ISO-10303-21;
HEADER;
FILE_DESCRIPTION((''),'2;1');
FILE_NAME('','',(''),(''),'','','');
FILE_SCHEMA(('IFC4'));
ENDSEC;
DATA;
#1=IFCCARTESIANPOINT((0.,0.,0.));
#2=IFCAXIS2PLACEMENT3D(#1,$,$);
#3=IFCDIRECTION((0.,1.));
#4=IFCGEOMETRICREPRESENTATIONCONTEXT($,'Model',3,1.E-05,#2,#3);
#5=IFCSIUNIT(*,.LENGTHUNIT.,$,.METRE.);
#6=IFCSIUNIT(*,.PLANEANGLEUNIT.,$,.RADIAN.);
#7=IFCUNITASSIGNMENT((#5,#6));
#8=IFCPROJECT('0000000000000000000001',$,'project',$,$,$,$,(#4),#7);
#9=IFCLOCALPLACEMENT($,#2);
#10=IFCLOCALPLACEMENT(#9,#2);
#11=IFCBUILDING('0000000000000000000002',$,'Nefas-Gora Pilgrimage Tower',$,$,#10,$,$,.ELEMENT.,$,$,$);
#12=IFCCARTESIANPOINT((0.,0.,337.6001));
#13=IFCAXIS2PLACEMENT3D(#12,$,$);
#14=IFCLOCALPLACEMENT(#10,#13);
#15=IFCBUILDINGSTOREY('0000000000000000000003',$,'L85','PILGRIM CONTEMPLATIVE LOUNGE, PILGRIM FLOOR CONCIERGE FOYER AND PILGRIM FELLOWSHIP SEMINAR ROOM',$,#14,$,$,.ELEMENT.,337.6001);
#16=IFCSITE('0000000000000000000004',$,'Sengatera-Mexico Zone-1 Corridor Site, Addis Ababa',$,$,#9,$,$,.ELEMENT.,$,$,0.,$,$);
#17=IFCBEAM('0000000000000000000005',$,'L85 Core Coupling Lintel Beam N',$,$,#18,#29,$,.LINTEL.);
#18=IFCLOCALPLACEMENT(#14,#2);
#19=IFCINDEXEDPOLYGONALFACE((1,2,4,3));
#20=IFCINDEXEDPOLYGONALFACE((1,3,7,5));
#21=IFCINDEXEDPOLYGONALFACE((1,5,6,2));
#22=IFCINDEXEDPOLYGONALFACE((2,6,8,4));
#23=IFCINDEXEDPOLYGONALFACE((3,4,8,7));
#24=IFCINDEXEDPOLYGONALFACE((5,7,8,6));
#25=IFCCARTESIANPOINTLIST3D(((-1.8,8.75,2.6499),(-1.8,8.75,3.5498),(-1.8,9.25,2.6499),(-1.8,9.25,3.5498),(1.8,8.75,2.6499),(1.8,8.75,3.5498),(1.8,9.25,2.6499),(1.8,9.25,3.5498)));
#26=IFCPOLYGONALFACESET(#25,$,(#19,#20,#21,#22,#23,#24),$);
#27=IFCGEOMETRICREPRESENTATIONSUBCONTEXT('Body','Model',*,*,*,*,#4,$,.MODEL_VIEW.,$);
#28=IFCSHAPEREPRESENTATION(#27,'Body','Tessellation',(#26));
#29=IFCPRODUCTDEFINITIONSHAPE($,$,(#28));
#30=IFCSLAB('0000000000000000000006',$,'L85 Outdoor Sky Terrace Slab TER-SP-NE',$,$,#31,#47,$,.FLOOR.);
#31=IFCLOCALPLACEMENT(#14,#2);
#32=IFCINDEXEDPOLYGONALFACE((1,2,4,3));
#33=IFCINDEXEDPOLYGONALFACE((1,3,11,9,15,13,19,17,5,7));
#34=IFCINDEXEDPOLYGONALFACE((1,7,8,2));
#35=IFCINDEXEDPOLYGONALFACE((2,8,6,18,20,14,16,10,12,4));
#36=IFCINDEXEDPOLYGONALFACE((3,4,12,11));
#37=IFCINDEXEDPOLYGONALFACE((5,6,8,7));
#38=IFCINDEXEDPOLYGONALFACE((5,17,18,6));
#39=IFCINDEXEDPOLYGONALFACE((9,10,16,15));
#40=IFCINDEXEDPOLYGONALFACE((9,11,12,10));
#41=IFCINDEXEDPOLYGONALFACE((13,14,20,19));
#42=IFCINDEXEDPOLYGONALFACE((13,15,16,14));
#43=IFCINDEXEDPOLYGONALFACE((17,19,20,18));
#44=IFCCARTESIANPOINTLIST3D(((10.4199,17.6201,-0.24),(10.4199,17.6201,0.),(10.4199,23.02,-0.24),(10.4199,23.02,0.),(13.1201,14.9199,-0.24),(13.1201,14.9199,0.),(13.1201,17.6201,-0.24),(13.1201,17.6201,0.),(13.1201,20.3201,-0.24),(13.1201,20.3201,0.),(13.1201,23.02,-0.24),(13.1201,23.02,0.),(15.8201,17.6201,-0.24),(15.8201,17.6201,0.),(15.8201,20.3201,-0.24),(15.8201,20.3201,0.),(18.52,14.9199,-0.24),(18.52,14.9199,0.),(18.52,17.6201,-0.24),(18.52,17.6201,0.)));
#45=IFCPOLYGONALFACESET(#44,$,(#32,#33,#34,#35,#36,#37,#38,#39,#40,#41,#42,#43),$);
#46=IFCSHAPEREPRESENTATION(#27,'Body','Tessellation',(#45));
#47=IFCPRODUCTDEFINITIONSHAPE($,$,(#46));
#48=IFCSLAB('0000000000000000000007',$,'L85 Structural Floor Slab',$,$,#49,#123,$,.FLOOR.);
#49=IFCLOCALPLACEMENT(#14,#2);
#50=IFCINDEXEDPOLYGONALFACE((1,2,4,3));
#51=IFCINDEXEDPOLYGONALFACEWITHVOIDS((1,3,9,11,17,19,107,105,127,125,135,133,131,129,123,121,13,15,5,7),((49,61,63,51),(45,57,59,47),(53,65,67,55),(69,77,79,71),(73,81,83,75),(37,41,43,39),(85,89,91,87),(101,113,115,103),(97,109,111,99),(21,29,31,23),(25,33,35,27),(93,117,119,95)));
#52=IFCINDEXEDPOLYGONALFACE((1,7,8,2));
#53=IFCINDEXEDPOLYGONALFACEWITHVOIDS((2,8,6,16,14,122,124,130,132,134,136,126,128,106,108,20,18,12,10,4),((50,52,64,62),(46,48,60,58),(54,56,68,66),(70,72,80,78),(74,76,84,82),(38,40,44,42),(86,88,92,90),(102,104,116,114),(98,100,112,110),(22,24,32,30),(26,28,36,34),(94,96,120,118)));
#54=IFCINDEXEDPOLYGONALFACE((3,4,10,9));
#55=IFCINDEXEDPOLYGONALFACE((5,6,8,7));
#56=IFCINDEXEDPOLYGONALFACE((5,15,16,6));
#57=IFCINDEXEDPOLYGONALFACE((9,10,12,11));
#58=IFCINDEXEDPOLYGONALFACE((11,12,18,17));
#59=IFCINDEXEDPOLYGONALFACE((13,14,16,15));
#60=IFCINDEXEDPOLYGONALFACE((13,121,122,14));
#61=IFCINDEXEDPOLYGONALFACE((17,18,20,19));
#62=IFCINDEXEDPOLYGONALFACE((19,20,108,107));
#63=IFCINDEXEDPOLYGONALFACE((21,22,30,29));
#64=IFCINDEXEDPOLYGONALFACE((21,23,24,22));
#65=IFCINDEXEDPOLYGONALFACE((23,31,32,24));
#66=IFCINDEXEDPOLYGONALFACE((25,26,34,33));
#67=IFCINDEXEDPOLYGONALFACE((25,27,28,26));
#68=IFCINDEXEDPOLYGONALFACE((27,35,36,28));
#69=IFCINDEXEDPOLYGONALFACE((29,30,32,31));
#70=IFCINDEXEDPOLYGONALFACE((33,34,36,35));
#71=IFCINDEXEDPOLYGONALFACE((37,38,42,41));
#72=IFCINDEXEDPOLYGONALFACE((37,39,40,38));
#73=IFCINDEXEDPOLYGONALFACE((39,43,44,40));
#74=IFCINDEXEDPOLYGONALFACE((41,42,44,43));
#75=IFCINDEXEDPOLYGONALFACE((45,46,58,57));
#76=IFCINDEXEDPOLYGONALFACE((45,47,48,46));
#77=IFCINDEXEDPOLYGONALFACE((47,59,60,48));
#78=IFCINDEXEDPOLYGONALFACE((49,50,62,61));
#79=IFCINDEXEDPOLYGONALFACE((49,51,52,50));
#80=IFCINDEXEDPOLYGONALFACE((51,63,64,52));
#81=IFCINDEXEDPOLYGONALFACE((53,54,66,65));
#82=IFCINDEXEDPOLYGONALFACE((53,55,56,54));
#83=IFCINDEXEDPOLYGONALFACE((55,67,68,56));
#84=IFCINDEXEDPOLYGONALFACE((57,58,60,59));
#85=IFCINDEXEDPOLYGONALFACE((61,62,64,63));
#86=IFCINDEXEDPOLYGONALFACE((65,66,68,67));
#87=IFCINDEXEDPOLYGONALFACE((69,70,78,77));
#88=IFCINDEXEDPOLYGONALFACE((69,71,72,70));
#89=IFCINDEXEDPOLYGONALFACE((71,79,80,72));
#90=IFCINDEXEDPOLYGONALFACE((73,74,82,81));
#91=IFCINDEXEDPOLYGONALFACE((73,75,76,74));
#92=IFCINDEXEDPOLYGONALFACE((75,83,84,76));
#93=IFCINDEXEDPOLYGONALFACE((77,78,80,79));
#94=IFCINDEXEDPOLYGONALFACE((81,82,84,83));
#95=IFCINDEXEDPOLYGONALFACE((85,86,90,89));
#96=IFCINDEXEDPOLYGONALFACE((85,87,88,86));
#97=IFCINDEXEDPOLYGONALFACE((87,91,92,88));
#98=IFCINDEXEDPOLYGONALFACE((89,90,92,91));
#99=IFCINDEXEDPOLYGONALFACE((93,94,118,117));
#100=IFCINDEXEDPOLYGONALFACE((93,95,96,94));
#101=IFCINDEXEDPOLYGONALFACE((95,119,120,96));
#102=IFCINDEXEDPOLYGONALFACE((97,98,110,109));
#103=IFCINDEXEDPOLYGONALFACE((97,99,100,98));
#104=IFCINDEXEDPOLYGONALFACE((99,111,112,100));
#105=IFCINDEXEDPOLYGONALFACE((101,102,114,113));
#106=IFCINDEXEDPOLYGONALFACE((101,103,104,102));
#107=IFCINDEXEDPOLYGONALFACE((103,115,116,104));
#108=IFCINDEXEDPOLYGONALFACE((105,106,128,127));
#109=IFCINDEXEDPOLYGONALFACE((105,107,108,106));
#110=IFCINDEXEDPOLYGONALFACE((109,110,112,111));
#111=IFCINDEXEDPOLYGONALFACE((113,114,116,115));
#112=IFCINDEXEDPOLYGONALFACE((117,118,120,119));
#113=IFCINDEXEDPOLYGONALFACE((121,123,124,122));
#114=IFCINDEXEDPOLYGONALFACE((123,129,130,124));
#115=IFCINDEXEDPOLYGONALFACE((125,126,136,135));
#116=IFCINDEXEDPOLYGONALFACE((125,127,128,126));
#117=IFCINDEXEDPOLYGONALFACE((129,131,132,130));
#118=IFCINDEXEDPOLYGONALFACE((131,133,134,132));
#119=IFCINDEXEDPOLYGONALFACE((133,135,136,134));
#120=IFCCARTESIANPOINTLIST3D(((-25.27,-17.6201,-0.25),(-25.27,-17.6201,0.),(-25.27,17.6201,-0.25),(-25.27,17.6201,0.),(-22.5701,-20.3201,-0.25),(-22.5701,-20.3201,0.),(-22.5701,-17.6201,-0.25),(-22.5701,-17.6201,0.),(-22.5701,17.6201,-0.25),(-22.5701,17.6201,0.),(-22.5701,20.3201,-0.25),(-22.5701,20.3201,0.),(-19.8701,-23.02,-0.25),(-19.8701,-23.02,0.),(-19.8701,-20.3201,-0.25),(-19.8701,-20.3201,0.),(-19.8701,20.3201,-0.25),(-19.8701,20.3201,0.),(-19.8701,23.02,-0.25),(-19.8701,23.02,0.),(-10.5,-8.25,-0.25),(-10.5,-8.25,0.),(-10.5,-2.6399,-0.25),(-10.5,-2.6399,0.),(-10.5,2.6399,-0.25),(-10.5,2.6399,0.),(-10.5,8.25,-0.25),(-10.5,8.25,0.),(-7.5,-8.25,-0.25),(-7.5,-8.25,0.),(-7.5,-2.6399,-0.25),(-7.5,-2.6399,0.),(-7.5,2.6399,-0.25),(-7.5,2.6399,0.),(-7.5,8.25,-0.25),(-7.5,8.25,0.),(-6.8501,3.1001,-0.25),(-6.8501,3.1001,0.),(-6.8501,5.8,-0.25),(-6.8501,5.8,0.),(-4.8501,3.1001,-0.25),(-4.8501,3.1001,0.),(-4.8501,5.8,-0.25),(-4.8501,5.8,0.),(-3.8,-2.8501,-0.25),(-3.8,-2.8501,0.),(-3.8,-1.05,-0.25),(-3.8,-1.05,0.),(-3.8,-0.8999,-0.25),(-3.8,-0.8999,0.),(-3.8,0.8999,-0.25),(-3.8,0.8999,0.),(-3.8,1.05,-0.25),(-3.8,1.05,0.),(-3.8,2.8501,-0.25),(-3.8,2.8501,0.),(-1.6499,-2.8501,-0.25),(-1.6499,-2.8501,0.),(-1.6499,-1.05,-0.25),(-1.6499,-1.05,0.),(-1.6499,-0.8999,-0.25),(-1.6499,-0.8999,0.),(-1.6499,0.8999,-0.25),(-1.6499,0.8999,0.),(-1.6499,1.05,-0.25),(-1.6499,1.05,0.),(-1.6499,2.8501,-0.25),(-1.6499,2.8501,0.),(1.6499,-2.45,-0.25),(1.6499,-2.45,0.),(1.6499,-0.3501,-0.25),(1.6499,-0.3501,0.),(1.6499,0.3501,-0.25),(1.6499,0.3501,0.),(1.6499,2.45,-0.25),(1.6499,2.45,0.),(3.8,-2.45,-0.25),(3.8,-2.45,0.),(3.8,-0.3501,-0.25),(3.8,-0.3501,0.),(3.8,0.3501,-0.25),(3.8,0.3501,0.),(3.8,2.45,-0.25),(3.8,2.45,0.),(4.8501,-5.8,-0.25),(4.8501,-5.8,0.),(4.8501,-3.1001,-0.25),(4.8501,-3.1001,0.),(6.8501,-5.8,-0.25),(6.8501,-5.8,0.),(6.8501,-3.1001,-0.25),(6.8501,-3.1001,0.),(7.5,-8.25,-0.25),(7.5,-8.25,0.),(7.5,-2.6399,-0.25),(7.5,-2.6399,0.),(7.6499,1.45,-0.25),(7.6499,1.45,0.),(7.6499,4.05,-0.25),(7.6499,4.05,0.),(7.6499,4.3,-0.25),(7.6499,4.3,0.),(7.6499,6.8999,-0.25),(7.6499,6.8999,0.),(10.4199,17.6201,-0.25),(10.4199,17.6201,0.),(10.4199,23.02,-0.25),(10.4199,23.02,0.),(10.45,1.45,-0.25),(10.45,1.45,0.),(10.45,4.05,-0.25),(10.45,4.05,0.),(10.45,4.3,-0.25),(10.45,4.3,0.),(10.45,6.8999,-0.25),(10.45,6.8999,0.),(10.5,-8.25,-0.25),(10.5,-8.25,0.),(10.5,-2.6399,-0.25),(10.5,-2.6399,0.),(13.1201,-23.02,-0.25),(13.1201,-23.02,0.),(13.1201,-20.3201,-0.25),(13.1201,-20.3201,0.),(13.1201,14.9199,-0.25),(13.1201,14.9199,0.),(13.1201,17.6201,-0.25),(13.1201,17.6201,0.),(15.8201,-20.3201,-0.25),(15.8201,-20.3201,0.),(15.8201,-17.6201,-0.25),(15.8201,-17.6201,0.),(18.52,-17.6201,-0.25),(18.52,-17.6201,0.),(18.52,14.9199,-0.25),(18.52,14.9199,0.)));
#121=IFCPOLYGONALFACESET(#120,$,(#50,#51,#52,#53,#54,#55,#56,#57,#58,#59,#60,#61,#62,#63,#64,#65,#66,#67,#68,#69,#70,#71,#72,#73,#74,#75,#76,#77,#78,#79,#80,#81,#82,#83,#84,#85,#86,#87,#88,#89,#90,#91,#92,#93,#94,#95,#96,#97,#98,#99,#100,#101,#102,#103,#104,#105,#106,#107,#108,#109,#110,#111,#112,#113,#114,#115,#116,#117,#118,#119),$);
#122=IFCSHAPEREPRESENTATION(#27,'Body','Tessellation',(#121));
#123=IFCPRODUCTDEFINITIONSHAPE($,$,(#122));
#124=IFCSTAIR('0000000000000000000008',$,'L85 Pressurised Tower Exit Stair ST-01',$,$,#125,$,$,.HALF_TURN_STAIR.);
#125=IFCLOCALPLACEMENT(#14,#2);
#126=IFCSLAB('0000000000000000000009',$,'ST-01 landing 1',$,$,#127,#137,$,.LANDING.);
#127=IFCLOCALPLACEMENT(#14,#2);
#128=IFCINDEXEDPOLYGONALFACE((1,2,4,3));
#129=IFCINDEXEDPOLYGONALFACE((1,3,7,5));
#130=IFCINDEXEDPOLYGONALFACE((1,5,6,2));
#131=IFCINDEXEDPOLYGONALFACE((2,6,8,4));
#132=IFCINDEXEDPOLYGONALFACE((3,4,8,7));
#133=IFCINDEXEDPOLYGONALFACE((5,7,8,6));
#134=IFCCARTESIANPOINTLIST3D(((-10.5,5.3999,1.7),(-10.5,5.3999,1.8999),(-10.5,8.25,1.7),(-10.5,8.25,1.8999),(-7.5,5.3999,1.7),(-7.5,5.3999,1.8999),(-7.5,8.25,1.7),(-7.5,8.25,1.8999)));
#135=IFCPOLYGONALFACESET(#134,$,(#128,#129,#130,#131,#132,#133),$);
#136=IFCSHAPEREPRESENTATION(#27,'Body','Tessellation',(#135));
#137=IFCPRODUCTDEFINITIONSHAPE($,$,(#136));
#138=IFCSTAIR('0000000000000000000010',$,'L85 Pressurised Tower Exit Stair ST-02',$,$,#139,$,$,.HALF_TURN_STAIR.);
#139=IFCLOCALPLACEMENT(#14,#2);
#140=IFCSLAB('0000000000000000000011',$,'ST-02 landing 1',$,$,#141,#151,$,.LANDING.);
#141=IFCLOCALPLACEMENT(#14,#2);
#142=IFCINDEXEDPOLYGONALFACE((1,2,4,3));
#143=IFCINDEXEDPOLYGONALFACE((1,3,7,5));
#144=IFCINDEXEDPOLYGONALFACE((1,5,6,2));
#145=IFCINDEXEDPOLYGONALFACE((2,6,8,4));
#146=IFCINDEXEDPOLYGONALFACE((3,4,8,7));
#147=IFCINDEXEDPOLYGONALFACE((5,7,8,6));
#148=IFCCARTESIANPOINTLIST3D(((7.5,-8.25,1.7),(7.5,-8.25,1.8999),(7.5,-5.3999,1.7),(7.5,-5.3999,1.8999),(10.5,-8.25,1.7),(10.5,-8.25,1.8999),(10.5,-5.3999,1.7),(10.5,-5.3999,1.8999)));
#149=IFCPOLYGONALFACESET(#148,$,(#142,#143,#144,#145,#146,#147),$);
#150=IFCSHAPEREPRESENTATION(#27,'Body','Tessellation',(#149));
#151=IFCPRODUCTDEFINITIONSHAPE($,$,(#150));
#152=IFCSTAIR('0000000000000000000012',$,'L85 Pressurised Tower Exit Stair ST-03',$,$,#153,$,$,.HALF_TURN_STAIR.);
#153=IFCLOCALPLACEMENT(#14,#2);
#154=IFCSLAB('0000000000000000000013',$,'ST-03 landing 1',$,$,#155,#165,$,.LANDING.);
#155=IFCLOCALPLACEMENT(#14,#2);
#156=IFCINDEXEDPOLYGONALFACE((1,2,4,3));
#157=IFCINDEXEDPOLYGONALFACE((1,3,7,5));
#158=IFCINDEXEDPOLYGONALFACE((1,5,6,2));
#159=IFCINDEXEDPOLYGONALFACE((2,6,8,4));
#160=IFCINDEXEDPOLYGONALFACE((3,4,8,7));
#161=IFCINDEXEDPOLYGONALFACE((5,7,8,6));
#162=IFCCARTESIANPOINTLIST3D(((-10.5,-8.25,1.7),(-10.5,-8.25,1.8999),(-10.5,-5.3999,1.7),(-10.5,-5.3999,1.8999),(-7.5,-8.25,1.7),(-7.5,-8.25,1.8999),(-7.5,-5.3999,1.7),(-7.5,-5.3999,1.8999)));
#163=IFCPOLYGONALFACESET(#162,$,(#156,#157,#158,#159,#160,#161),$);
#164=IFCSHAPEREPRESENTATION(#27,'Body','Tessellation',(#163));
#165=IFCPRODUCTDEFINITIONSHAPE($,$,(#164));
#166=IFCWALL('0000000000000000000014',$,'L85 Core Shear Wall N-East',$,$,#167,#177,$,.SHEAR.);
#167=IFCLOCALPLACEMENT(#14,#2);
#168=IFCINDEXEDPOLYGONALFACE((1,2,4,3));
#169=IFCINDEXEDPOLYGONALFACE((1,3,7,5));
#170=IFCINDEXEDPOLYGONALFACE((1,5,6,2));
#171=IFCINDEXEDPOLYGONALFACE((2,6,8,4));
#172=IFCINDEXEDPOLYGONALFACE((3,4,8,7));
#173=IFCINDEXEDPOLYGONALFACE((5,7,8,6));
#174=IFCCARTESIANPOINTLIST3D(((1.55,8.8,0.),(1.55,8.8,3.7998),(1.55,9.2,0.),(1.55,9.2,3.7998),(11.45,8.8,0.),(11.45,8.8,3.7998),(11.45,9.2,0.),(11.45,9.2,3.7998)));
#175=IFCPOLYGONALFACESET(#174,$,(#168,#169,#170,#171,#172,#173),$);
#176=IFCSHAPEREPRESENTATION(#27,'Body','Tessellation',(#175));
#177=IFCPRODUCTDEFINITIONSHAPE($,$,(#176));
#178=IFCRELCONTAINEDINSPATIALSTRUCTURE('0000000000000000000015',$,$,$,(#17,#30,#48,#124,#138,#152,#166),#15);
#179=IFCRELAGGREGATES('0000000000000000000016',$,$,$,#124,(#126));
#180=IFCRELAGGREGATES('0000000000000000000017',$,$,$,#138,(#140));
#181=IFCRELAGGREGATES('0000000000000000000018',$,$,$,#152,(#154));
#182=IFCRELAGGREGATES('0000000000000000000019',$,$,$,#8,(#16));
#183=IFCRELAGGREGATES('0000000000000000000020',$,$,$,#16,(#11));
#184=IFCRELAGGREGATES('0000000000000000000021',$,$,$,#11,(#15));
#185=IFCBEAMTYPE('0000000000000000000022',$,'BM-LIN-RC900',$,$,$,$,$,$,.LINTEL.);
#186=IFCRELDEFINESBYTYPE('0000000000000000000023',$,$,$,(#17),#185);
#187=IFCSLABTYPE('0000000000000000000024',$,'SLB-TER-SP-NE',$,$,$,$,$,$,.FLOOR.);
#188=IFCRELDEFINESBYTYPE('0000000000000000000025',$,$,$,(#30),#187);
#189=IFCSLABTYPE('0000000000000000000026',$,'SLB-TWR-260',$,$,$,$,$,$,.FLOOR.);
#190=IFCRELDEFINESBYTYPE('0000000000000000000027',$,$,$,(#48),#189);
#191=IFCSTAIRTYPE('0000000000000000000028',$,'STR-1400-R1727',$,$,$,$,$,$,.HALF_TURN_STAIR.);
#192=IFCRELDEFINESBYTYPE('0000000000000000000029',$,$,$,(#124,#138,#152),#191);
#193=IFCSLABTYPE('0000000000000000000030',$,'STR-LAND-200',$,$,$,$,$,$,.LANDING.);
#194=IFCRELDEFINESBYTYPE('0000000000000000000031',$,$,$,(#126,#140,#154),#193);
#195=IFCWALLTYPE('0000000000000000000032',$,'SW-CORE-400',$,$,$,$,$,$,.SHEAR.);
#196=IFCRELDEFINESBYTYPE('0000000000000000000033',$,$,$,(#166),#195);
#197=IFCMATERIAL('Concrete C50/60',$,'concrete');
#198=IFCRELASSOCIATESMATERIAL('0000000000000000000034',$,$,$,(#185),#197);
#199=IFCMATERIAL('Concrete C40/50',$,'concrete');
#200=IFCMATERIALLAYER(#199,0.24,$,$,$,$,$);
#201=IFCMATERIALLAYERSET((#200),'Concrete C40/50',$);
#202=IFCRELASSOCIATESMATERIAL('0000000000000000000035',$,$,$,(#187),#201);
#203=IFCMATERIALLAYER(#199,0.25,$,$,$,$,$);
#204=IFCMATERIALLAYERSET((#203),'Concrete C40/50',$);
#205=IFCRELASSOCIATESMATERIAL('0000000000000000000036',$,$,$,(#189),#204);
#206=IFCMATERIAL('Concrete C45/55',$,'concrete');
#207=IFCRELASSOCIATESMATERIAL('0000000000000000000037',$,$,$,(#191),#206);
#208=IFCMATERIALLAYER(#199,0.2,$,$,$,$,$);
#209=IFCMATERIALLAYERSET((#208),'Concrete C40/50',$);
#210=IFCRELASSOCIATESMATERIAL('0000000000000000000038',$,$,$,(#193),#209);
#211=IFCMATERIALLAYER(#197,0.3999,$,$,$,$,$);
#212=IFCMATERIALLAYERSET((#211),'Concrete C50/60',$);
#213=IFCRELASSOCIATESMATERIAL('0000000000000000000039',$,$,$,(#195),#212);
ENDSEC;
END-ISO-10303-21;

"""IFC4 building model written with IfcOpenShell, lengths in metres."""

from ifc_helpers import new_model, si_unit, direction, frame, frame_2d, origin, origin_2d, place, context, subcontext, project, spatial, polyline, rectangle, outline, extrude, source, transform, mapped, material, layer, layer_set, material_profile, profile_set, type_object, element, aggregate, save


model = new_model("IFC4")

# Units and contexts
model_context = context("Model", 3, precision=1e-05, world=origin(), true_north=direction((0.0, 1.0)))
body_context = subcontext(model_context, "Body", "Model", "MODEL_VIEW")
ifc_project = project(units=[si_unit("LENGTHUNIT", "METRE"), si_unit("PLANEANGLEUNIT", "RADIAN")], contexts=[model_context])

# Site, building, storey
site_placement = place(None, origin())
site = spatial("IfcSite", under=ifc_project, at=site_placement, Name="Sengatera-Mexico Zone-1 Corridor Site, Addis Ababa", CompositionType="ELEMENT", RefElevation=0.0)
building_placement = place(site_placement, origin())
building = spatial("IfcBuilding", under=site, at=building_placement, Name="Nefas-Gora Pilgrimage Tower", CompositionType="ELEMENT")
storey_placement = place(building_placement, frame((0.0, 0.0, 337.6001)))
storey = spatial("IfcBuildingStorey", under=building, at=storey_placement, Name="L85", Description="PILGRIM CONTEMPLATIVE LOUNGE, PILGRIM FLOOR CONCIERGE FOYER AND PILGRIM FELLOWSHIP SEMINAR ROOM", CompositionType="ELEMENT", Elevation=337.6001)

# Beam
ifc_material_1 = material(Name="Concrete C50/60", Category="concrete")
ifc_material_profile = material_profile(ifc_material_1, rectangle(XDim=0.5, YDim=0.8999, at=origin_2d()), Name="RC 500x900")
ifc_profile_set = profile_set([ifc_material_profile], Name="Concrete C50/60")
beam_type = type_object("IfcBeamType", Name="BM-LIN-RC900", PredefinedType="LINTEL", material=ifc_profile_set)
shared_shape_1 = source(origin(), body_context, "Body", "SweptSolid", [
    extrude(rectangle(XDim=0.5, YDim=0.8999, at=origin_2d()), origin(), (0.0, 0.0, 1.0), 3.6001),
])
beam_placement = place(storey_placement, frame((-1.8, 9.0, 3.0999), z_axis=(1.0, 0.0, 0.0), x_axis=(0.0, 1.0, 0.0)))
element("IfcBeam", 1, at=beam_placement, inside=storey, type_object=beam_type, Name="L85 Core Coupling Lintel Beam N", PredefinedType="LINTEL", context=body_context, shape_type="MappedRepresentation", body=[
    mapped(shared_shape_1, transform((0.0, 0.0, 0.0), x_axis=(1.0, 0.0, 0.0), y_axis=(0.0, 1.0, 0.0), z_axis=(0.0, 0.0, 1.0), scale=1.0)),
])

# Slabs
ifc_material_2 = material(Name="Concrete C40/50", Category="concrete")
ifc_layer_1 = layer(ifc_material_2, 0.24)
ifc_layer_set_1 = layer_set([ifc_layer_1], Name="Concrete C40/50")
slab_type_1 = type_object("IfcSlabType", Name="SLB-TER-SP-NE", PredefinedType="FLOOR", material=ifc_layer_set_1)
slab_1_placement = place(storey_placement, frame((0.0, 0.0, -0.24)))
element("IfcSlab", 2, at=slab_1_placement, inside=storey, type_object=slab_type_1, Name="L85 Outdoor Sky Terrace Slab TER-SP-NE", PredefinedType="FLOOR", context=body_context, shape_type="SweptSolid", body=[
    extrude(outline(polyline([(10.4199, 23.02), (10.4199, 17.6201), (13.1201, 17.6201), (13.1201, 14.9199), (18.52, 14.9199), (18.52, 17.6201), (15.8201, 17.6201), (15.8201, 20.3201), (13.1201, 20.3201), (13.1201, 23.02), (10.4199, 23.02)])), origin(), (0.0, 0.0, 1.0), 0.24),
])
ifc_layer_2 = layer(ifc_material_2, 0.25)
ifc_layer_set_2 = layer_set([ifc_layer_2], Name="Concrete C40/50")
slab_type_2 = type_object("IfcSlabType", Name="SLB-TWR-260", PredefinedType="FLOOR", material=ifc_layer_set_2)
slab_2_placement = place(storey_placement, frame((0.0, 0.0, -0.25)))
element("IfcSlab", 3, at=slab_2_placement, inside=storey, type_object=slab_type_2, Name="L85 Structural Floor Slab", PredefinedType="FLOOR", context=body_context, shape_type="SweptSolid", body=[
    extrude(outline(polyline([(18.52, -17.6201), (18.52, 14.9199), (13.1201, 14.9199), (13.1201, 17.6201), (10.4199, 17.6201), (10.4199, 23.02), (-19.8701, 23.02), (-19.8701, 20.3201), (-22.5701, 20.3201), (-22.5701, 17.6201), (-25.27, 17.6201), (-25.27, -17.6201), (-22.5701, -17.6201), (-22.5701, -20.3201), (-19.8701, -20.3201), (-19.8701, -23.02), (13.1201, -23.02), (13.1201, -20.3201), (15.8201, -20.3201), (15.8201, -17.6201), (18.52, -17.6201)]), holes=[polyline([(-10.5, 2.6399), (-10.5, 8.25), (-7.5, 8.25), (-7.5, 2.6399), (-10.5, 2.6399)]), polyline([(10.5, -2.6399), (10.5, -8.25), (7.5, -8.25), (7.5, -2.6399), (10.5, -2.6399)]), polyline([(-7.5, -2.6399), (-7.5, -8.25), (-10.5, -8.25), (-10.5, -2.6399), (-7.5, -2.6399)]), polyline([(-6.8501, 5.8), (-4.8501, 5.8), (-4.8501, 3.1001), (-6.8501, 3.1001), (-6.8501, 5.8)]), polyline([(4.8501, -3.1001), (6.8501, -3.1001), (6.8501, -5.8), (4.8501, -5.8), (4.8501, -3.1001)]), polyline([(7.6499, 4.05), (10.45, 4.05), (10.45, 1.45), (7.6499, 1.45), (7.6499, 4.05)]), polyline([(7.6499, 6.8999), (10.45, 6.8999), (10.45, 4.3), (7.6499, 4.3), (7.6499, 6.8999)]), polyline([(-3.8, -1.05), (-1.6499, -1.05), (-1.6499, -2.8501), (-3.8, -2.8501), (-3.8, -1.05)]), polyline([(-3.8, 0.8999), (-1.6499, 0.8999), (-1.6499, -0.8999), (-3.8, -0.8999), (-3.8, 0.8999)]), polyline([(-3.8, 2.8501), (-1.6499, 2.8501), (-1.6499, 1.05), (-3.8, 1.05), (-3.8, 2.8501)]), polyline([(1.6499, -0.3501), (3.8, -0.3501), (3.8, -2.45), (1.6499, -2.45), (1.6499, -0.3501)]), polyline([(1.6499, 2.45), (3.8, 2.45), (3.8, 0.3501), (1.6499, 0.3501), (1.6499, 2.45)])]), origin(), (0.0, 0.0, 1.0), 0.25),
])

# Stairs, slabs
ifc_material_3 = material(Name="Concrete C45/55", Category="concrete")
stair_type = type_object("IfcStairType", Name="STR-1400-R1727", PredefinedType="HALF_TURN_STAIR", material=ifc_material_3)
stair_1_placement = place(storey_placement, origin())
stair_1 = element("IfcStair", 4, at=stair_1_placement, inside=storey, type_object=stair_type, Name="L85 Pressurised Tower Exit Stair ST-01", PredefinedType="HALF_TURN_STAIR")
ifc_layer_3 = layer(ifc_material_2, 0.2)
ifc_layer_set_3 = layer_set([ifc_layer_3], Name="Concrete C40/50")
slab_type_3 = type_object("IfcSlabType", Name="STR-LAND-200", PredefinedType="LANDING", material=ifc_layer_set_3)
slab_3_placement = place(storey_placement, frame((0.0, 0.0, 1.7)))
slab_3 = element("IfcSlab", 5, at=slab_3_placement, type_object=slab_type_3, Name="ST-01 landing 1", PredefinedType="LANDING", context=body_context, shape_type="SweptSolid", body=[
    extrude(outline(polyline([(-7.5, 5.3999), (-7.5, 8.25), (-10.5, 8.25), (-10.5, 5.3999), (-7.5, 5.3999)])), origin(), (0.0, 0.0, 1.0), 0.2),
])
aggregate(stair_1, [slab_3])
stair_2_placement = place(storey_placement, origin())
stair_2 = element("IfcStair", 6, at=stair_2_placement, inside=storey, type_object=stair_type, Name="L85 Pressurised Tower Exit Stair ST-02", PredefinedType="HALF_TURN_STAIR")
slab_4_placement = place(storey_placement, frame((0.0, 0.0, 1.7)))
slab_4 = element("IfcSlab", 7, at=slab_4_placement, type_object=slab_type_3, Name="ST-02 landing 1", PredefinedType="LANDING", context=body_context, shape_type="SweptSolid", body=[
    extrude(outline(polyline([(7.5, -5.3999), (7.5, -8.25), (10.5, -8.25), (10.5, -5.3999), (7.5, -5.3999)])), origin(), (0.0, 0.0, 1.0), 0.2),
])
aggregate(stair_2, [slab_4])
stair_3_placement = place(storey_placement, origin())
stair_3 = element("IfcStair", 8, at=stair_3_placement, inside=storey, type_object=stair_type, Name="L85 Pressurised Tower Exit Stair ST-03", PredefinedType="HALF_TURN_STAIR")
slab_5_placement = place(storey_placement, frame((0.0, 0.0, 1.7)))
slab_5 = element("IfcSlab", 9, at=slab_5_placement, type_object=slab_type_3, Name="ST-03 landing 1", PredefinedType="LANDING", context=body_context, shape_type="SweptSolid", body=[
    extrude(outline(polyline([(-10.5, -5.3999), (-10.5, -8.25), (-7.5, -8.25), (-7.5, -5.3999), (-10.5, -5.3999)])), origin(), (0.0, 0.0, 1.0), 0.2),
])
aggregate(stair_3, [slab_5])

# Wall
ifc_layer_4 = layer(ifc_material_1, 0.3999)
ifc_layer_set_4 = layer_set([ifc_layer_4], Name="Concrete C50/60")
wall_type_1 = type_object("IfcWallType", Name="SW-CORE-400", PredefinedType="SHEAR", material=ifc_layer_set_4)
shared_shape_2 = source(origin(), body_context, "Body", "SweptSolid", [
    extrude(rectangle(XDim=9.8999, YDim=0.3999, at=frame_2d((4.95, 0.0))), origin(), (0.0, 0.0, 1.0), 3.7998),
])
wall_1_placement = place(storey_placement, frame((1.55, 9.0, 0.0), z_axis=(0.0, 0.0, 1.0), x_axis=(1.0, 0.0, 0.0)))
element("IfcWall", 10, at=wall_1_placement, inside=storey, type_object=wall_type_1, Name="L85 Core Shear Wall N-East", PredefinedType="SHEAR", context=body_context, shape_type="MappedRepresentation", body=[
    mapped(shared_shape_2, transform((0.0, 0.0, 0.0), x_axis=(1.0, 0.0, 0.0), y_axis=(0.0, 1.0, 0.0), z_axis=(0.0, 0.0, 1.0), scale=1.0)),
])

save(model, "model.ifc")
